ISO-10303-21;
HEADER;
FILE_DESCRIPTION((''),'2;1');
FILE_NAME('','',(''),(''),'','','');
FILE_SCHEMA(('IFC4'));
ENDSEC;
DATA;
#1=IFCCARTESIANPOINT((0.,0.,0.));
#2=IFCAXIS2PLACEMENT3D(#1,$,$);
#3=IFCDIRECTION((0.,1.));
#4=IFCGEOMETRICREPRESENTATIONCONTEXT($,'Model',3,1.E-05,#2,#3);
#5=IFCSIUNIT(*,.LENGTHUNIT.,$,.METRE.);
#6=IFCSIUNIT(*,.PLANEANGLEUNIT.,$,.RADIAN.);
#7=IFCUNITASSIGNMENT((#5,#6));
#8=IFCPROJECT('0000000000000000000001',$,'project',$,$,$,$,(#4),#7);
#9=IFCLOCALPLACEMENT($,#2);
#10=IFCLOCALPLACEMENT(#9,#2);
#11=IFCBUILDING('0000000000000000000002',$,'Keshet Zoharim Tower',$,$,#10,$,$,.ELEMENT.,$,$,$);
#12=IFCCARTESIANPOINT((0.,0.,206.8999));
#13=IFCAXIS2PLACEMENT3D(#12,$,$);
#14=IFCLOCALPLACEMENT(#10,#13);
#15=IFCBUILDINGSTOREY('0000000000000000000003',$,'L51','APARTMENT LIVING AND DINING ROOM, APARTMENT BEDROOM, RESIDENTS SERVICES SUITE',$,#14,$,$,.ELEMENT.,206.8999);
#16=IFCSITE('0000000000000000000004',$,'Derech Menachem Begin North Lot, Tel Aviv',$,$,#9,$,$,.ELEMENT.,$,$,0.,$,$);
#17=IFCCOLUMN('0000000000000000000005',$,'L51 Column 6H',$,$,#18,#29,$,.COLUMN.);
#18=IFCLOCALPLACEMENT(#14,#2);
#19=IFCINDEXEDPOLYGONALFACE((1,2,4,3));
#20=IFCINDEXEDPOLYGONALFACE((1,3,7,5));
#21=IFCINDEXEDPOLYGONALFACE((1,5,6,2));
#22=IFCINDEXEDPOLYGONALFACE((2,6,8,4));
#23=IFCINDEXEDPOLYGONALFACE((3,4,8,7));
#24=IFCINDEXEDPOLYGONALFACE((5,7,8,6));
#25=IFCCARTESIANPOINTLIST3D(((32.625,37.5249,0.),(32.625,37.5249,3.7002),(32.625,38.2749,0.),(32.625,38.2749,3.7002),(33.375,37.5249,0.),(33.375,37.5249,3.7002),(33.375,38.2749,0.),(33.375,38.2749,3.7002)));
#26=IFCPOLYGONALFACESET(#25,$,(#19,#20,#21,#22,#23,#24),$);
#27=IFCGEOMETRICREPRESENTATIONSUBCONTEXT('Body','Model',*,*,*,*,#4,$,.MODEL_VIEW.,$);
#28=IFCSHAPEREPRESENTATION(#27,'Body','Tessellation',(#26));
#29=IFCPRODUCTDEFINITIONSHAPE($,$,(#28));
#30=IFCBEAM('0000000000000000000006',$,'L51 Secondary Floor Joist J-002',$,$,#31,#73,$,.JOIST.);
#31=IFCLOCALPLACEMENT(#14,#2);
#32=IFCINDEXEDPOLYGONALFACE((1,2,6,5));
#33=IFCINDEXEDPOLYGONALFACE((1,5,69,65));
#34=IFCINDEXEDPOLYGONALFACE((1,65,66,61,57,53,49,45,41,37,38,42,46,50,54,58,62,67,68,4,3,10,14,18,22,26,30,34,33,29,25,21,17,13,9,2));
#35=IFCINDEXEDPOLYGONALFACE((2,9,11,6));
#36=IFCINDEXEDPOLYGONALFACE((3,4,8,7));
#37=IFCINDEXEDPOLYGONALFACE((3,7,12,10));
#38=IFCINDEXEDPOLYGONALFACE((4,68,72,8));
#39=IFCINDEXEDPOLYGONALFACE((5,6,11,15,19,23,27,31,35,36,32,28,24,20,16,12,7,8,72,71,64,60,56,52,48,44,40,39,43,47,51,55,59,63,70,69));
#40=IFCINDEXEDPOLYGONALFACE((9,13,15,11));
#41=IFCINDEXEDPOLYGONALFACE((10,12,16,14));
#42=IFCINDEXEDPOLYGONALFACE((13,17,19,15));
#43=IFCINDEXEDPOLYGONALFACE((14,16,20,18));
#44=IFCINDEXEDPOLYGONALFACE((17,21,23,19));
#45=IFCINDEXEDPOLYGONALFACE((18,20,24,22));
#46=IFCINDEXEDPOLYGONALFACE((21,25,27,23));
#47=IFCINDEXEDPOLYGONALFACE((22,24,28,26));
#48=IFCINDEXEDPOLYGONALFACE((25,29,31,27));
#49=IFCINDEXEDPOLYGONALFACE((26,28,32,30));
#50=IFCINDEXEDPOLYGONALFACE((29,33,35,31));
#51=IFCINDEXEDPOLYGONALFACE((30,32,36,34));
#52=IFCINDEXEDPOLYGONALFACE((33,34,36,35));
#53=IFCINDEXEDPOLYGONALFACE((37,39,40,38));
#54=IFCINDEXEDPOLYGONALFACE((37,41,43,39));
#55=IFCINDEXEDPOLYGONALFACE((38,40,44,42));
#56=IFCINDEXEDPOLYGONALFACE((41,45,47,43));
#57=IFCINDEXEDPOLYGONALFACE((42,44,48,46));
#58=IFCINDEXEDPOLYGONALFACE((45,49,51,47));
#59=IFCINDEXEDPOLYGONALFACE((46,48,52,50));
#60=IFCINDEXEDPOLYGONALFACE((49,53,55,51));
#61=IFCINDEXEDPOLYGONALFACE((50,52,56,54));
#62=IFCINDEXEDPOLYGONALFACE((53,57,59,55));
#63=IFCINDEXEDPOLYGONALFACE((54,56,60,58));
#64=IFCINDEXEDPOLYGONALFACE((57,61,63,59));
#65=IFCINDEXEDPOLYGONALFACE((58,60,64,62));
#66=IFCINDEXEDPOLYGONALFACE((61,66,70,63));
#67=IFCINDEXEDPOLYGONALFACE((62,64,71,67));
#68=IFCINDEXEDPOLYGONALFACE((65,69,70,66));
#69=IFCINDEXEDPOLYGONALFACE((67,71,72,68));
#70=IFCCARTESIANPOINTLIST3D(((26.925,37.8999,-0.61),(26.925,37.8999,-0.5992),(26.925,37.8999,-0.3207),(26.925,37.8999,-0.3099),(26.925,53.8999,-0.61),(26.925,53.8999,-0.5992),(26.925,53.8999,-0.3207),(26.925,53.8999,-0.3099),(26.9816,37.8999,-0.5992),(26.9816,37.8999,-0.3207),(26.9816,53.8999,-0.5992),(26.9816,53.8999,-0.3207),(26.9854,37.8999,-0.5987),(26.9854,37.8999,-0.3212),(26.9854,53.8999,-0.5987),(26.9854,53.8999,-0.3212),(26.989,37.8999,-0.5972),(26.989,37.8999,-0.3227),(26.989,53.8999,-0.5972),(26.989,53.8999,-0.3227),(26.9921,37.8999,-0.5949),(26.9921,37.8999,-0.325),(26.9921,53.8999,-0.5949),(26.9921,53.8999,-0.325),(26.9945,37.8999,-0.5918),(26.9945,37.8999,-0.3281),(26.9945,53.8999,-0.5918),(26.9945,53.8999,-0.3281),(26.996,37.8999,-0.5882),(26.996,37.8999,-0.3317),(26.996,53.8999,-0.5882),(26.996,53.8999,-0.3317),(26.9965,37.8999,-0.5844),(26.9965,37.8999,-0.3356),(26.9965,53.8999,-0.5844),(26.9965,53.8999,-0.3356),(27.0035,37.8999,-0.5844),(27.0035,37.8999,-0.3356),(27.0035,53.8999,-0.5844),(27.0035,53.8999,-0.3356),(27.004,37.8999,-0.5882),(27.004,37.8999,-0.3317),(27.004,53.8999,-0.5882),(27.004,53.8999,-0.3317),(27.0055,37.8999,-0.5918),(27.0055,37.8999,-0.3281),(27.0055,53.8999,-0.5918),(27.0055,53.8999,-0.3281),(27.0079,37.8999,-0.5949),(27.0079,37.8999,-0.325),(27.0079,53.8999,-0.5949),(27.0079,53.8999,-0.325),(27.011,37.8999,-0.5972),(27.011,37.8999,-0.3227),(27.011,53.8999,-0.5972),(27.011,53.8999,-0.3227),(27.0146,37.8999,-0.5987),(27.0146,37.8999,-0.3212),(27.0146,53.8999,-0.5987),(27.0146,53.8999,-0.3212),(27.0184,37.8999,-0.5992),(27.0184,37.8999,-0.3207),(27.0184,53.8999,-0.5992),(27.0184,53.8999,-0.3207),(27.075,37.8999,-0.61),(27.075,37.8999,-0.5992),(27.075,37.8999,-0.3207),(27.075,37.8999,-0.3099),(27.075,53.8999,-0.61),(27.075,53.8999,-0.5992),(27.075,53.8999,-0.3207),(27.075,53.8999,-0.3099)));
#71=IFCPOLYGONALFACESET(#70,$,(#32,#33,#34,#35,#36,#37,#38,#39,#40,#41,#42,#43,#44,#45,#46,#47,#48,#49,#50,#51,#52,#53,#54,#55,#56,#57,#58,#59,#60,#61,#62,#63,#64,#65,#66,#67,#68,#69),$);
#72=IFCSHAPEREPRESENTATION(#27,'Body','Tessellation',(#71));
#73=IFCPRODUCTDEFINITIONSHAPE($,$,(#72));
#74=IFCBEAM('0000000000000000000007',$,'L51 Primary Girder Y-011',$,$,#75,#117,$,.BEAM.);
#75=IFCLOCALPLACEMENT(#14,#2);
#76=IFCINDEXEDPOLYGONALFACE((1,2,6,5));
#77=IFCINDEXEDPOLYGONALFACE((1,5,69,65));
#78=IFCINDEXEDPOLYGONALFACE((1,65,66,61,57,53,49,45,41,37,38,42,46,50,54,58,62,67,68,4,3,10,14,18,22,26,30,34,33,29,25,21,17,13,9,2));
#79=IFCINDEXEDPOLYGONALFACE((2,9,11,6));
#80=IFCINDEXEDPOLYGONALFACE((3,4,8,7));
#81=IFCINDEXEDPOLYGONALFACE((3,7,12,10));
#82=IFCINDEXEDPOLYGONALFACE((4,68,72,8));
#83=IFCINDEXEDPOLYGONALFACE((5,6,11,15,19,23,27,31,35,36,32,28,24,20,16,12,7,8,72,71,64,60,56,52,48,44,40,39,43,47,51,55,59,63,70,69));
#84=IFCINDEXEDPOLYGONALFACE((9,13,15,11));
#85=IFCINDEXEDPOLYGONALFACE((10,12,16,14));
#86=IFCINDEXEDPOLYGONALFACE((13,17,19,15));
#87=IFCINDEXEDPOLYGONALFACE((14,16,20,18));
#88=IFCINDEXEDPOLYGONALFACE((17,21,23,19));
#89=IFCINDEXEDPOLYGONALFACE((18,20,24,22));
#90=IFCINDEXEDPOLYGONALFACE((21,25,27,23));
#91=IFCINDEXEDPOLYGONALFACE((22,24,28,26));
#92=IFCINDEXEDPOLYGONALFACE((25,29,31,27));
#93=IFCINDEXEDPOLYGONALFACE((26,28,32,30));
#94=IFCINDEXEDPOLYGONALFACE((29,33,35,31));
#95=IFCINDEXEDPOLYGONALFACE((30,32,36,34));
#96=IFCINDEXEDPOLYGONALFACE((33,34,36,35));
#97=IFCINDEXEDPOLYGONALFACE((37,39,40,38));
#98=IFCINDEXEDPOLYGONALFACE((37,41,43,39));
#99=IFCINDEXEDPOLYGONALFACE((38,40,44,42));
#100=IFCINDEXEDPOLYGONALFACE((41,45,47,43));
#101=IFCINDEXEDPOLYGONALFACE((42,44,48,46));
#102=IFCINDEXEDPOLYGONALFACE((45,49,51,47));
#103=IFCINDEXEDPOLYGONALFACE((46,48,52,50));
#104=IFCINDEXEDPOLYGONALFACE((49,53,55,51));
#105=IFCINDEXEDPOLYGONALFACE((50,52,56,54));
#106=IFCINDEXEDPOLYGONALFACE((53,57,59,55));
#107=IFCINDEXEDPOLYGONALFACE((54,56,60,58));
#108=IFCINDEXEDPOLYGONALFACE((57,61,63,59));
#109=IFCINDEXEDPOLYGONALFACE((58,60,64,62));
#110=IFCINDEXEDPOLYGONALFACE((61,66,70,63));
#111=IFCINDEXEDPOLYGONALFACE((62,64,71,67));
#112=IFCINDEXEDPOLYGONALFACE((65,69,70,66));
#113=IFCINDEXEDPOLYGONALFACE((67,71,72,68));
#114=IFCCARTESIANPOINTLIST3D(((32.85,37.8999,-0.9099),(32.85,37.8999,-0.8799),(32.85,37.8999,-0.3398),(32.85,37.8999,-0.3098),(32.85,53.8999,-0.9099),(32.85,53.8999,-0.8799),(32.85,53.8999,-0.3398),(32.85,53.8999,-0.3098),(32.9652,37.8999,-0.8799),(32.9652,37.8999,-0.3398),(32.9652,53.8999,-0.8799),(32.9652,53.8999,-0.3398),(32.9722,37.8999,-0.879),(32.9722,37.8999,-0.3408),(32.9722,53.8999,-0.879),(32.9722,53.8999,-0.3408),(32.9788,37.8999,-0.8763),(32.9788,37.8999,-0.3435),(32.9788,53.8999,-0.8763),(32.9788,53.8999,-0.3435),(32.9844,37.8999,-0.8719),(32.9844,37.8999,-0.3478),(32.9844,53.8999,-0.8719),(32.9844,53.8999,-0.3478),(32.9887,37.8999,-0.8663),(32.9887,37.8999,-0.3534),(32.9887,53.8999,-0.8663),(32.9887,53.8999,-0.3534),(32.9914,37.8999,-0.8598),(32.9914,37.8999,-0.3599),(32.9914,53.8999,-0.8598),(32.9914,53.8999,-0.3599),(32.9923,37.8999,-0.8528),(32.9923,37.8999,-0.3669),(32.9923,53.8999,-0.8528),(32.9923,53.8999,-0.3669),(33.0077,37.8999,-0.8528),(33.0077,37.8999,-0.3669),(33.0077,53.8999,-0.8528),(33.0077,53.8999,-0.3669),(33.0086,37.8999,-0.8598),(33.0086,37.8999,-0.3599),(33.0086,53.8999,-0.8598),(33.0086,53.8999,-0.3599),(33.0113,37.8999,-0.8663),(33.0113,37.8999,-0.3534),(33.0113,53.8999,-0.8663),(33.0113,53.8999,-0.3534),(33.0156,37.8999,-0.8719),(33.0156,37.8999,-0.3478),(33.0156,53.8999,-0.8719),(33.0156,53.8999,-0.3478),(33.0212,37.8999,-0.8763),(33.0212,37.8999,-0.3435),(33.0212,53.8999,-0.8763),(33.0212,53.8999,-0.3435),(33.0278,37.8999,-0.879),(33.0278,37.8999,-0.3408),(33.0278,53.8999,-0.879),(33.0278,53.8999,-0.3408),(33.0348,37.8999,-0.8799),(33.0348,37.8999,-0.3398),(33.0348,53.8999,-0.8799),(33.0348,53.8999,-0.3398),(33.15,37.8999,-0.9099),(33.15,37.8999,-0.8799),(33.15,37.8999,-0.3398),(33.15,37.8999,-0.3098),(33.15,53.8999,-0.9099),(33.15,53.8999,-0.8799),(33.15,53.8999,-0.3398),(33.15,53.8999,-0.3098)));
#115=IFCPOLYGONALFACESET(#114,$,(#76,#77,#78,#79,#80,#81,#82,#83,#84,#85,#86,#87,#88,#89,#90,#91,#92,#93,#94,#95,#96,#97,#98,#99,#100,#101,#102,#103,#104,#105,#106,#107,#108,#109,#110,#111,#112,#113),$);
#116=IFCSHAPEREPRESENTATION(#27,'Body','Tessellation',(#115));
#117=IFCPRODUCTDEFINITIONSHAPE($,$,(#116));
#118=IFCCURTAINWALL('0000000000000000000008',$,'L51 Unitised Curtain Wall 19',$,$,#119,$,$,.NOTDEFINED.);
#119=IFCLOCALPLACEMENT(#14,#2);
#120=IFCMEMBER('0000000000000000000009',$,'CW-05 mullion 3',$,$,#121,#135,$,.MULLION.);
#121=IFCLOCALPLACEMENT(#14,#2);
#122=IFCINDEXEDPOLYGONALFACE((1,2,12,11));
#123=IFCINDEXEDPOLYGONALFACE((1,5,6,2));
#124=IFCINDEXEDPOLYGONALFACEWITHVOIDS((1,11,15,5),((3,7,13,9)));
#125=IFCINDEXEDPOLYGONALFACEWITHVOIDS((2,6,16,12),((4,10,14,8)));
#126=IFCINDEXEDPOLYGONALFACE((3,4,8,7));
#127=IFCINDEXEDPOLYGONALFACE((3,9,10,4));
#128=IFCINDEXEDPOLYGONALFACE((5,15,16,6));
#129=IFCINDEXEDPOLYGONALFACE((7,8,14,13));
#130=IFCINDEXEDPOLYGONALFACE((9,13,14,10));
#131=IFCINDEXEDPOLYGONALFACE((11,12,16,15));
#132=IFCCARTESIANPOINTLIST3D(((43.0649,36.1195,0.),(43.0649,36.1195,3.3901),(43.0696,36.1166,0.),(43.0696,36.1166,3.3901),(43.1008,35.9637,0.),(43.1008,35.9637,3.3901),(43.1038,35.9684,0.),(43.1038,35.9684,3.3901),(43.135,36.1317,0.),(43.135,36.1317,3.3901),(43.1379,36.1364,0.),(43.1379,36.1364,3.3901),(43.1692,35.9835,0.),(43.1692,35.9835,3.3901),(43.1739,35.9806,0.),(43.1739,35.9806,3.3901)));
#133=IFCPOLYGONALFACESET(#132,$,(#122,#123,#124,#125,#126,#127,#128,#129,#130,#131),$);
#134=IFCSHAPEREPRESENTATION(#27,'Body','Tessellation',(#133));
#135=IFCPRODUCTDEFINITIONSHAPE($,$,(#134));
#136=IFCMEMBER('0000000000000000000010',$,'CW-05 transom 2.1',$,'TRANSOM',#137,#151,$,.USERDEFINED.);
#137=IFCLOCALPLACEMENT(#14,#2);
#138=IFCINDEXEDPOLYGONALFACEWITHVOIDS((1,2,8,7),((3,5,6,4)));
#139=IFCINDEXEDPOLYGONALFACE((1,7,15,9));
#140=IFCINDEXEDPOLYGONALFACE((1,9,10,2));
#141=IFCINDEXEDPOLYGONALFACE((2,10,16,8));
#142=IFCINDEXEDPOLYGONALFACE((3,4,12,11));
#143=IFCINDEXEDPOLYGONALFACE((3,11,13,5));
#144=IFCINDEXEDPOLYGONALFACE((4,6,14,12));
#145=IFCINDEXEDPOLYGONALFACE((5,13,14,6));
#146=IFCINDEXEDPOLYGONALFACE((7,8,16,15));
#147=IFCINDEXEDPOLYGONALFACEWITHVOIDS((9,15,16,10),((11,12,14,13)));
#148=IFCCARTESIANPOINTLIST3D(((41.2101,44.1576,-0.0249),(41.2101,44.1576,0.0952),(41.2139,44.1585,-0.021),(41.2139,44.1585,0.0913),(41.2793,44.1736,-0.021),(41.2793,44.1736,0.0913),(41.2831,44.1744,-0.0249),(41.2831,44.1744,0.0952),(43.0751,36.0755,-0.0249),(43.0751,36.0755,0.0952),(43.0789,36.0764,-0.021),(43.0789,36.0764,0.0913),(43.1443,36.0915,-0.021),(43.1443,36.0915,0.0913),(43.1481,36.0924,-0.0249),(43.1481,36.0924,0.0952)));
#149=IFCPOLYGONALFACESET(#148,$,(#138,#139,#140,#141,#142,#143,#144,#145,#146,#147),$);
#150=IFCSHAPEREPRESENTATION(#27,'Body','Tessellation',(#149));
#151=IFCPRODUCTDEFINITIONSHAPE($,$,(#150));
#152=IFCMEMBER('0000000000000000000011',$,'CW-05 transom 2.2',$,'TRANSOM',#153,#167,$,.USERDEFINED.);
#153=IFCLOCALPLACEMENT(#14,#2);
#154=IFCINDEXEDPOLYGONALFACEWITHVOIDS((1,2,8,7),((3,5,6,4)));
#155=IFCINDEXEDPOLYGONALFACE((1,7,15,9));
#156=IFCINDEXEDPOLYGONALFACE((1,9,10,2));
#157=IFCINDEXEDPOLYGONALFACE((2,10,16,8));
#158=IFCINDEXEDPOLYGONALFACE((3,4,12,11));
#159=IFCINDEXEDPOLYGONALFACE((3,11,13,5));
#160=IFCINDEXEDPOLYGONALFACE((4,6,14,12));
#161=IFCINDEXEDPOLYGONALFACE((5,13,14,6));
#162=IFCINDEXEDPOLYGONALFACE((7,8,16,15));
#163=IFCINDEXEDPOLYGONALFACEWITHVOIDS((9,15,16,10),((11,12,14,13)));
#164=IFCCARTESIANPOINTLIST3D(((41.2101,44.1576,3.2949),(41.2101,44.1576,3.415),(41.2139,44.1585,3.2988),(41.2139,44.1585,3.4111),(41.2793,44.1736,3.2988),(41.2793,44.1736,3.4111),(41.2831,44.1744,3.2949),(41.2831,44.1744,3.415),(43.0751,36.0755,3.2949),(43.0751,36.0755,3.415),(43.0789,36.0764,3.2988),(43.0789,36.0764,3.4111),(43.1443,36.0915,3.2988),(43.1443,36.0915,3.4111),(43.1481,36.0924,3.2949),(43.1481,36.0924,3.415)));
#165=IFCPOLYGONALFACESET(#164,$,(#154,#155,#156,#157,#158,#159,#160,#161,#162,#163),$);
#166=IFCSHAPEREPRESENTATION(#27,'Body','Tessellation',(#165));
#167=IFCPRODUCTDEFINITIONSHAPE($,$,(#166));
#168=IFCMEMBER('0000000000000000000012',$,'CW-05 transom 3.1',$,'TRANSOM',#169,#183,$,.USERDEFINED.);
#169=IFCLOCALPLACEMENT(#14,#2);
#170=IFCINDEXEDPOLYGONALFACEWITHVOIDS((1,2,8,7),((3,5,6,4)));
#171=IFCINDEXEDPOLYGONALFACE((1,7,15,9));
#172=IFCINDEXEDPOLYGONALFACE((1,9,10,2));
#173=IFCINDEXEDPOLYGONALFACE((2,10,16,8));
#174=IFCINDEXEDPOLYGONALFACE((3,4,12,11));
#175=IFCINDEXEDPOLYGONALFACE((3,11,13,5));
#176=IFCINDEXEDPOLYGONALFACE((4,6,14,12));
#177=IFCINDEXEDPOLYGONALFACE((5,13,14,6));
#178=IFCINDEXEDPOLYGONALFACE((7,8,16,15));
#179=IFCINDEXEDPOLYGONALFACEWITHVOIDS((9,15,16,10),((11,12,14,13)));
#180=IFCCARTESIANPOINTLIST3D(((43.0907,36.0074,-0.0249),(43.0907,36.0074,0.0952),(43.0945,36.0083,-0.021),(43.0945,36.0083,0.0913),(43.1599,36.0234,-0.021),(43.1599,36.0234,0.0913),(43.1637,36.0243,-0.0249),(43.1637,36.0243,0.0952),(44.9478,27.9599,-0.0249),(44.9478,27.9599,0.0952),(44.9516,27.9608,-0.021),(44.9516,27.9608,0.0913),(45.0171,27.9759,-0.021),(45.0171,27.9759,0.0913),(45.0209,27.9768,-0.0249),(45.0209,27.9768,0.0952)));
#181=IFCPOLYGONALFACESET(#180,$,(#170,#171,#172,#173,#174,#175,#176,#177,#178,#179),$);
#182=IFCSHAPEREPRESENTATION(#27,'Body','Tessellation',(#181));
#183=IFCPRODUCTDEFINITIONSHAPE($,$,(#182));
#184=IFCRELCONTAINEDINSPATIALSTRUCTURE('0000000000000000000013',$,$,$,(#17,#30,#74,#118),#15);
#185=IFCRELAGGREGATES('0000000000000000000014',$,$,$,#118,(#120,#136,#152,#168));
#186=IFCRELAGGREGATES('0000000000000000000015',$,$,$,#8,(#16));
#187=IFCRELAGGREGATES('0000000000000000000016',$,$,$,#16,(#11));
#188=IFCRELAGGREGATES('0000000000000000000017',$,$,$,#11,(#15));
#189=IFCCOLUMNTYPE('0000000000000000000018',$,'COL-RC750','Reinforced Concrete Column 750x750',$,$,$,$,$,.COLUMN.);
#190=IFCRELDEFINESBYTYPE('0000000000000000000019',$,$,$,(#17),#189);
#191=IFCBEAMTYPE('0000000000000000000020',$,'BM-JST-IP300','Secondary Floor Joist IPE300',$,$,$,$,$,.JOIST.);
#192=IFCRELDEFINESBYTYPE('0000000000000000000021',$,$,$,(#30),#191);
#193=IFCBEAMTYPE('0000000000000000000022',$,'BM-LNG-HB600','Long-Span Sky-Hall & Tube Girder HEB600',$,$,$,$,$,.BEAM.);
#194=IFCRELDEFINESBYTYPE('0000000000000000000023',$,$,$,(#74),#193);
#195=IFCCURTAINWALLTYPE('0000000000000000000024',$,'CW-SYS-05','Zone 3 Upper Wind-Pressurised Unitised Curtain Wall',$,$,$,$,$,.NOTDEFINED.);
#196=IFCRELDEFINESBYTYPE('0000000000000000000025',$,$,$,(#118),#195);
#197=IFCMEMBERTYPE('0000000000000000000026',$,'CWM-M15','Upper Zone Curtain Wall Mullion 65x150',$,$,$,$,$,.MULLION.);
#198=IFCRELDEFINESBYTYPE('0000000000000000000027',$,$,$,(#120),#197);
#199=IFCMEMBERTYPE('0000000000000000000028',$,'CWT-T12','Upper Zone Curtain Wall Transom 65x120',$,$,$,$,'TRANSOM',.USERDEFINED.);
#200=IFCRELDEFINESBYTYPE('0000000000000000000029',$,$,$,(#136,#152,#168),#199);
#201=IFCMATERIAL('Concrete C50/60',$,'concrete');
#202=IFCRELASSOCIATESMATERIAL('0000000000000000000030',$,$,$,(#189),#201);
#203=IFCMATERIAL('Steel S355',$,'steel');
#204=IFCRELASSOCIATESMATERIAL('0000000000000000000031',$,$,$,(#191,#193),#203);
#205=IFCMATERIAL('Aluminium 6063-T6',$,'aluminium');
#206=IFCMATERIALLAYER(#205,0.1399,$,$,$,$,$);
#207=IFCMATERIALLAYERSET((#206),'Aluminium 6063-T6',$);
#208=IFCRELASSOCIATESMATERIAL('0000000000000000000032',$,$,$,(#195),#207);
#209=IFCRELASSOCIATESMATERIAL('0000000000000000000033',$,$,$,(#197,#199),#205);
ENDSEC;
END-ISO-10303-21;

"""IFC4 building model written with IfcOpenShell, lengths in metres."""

from ifc_helpers import new_model, si_unit, direction, frame, origin, origin_2d, place, context, subcontext, project, spatial, rectangle, hollow_rectangle, i_section, extrude, material, layer, layer_set, material_profile, profile_set, type_object, element, aggregate, save


model = new_model("IFC4")

# Units and contexts
model_context = context("Model", 3, precision=1e-05, world=origin(), true_north=direction((0.0, 1.0)))
body_context = subcontext(model_context, "Body", "Model", "MODEL_VIEW")
ifc_project = project(units=[si_unit("LENGTHUNIT", "METRE"), si_unit("PLANEANGLEUNIT", "RADIAN")], contexts=[model_context])

# Site, building, storey
site_placement = place(None, origin())
site = spatial("IfcSite", under=ifc_project, at=site_placement, Name="Derech Menachem Begin North Lot, Tel Aviv", CompositionType="ELEMENT", RefElevation=0.0)
building_placement = place(site_placement, origin())
building = spatial("IfcBuilding", under=site, at=building_placement, Name="Keshet Zoharim Tower", CompositionType="ELEMENT")
storey_placement = place(building_placement, frame((0.0, 0.0, 206.8999)))
storey = spatial("IfcBuildingStorey", under=building, at=storey_placement, Name="L51", Description="APARTMENT LIVING AND DINING ROOM, APARTMENT BEDROOM, RESIDENTS SERVICES SUITE", CompositionType="ELEMENT", Elevation=206.8999)

# Column
ifc_material_1 = material(Name="Concrete C50/60", Category="concrete")
ifc_material_profile_1 = material_profile(ifc_material_1, rectangle(XDim=0.75, YDim=0.75, at=origin_2d()), Name="RC750x750")
ifc_profile_set_1 = profile_set([ifc_material_profile_1], Name="Concrete C50/60")
column_type = type_object("IfcColumnType", Name="COL-RC750", Description="Reinforced Concrete Column 750x750", PredefinedType="COLUMN", material=ifc_profile_set_1)
column_placement = place(storey_placement, frame((33.0, 37.8999, 0.0), z_axis=(0.0, 0.0, 1.0), x_axis=(1.0, 0.0, 0.0)))
element("IfcColumn", 1, at=column_placement, inside=storey, type_object=column_type, Name="L51 Column 6H", PredefinedType="COLUMN", context=body_context, shape_type="SweptSolid", body=[
    extrude(rectangle(XDim=0.75, YDim=0.75, at=origin_2d()), origin(), (0.0, 0.0, 1.0), 3.7002),
])

# Beams
ifc_material_2 = material(Name="Steel S355", Category="steel")
ifc_material_profile_2 = material_profile(ifc_material_2, i_section(OverallWidth=0.1499, OverallDepth=0.3, WebThickness=0.0071, FlangeThickness=0.0107, FilletRadius=0.0149, at=origin_2d()), Name="IPE300")
ifc_profile_set_2 = profile_set([ifc_material_profile_2], Name="Steel S355")
beam_type_1 = type_object("IfcBeamType", Name="BM-JST-IP300", Description="Secondary Floor Joist IPE300", PredefinedType="JOIST", material=ifc_profile_set_2)
beam_1_placement = place(storey_placement, frame((27.0, 37.8999, -0.46), z_axis=(0.0, 1.0, 0.0), x_axis=(-1.0, 0.0, 0.0)))
element("IfcBeam", 2, at=beam_1_placement, inside=storey, type_object=beam_type_1, Name="L51 Secondary Floor Joist J-002", PredefinedType="JOIST", context=body_context, shape_type="SweptSolid", body=[
    extrude(i_section(OverallWidth=0.1499, OverallDepth=0.3, WebThickness=0.0071, FlangeThickness=0.0107, FilletRadius=0.0149, at=origin_2d()), origin(), (0.0, 0.0, 1.0), 16.0),
])
ifc_material_profile_3 = material_profile(ifc_material_2, i_section(OverallWidth=0.3, OverallDepth=0.6001, WebThickness=0.0154, FlangeThickness=0.03, FilletRadius=0.0271, at=origin_2d()), Name="HEB600")
ifc_profile_set_3 = profile_set([ifc_material_profile_3], Name="Steel S355")
beam_type_2 = type_object("IfcBeamType", Name="BM-LNG-HB600", Description="Long-Span Sky-Hall & Tube Girder HEB600", PredefinedType="BEAM", material=ifc_profile_set_3)
beam_2_placement = place(storey_placement, frame((33.0, 37.8999, -0.6099), z_axis=(0.0, 1.0, 0.0), x_axis=(-1.0, 0.0, 0.0)))
element("IfcBeam", 3, at=beam_2_placement, inside=storey, type_object=beam_type_2, Name="L51 Primary Girder Y-011", PredefinedType="BEAM", context=body_context, shape_type="SweptSolid", body=[
    extrude(i_section(OverallWidth=0.3, OverallDepth=0.6001, WebThickness=0.0154, FlangeThickness=0.03, FilletRadius=0.0271, at=origin_2d()), origin(), (0.0, 0.0, 1.0), 16.0),
])

# Curtain wall, members
ifc_material_3 = material(Name="Aluminium 6063-T6", Category="aluminium")
ifc_layer_1 = layer(ifc_material_3, 0.1399)
ifc_layer_set_1 = layer_set([ifc_layer_1], Name="Aluminium 6063-T6")
curtain_wall_type = type_object("IfcCurtainWallType", Name="CW-SYS-05", Description="Zone 3 Upper Wind-Pressurised Unitised Curtain Wall", PredefinedType="NOTDEFINED", material=ifc_layer_set_1)
curtain_wall_placement = place(storey_placement, origin())
curtain_wall = element("IfcCurtainWall", 4, at=curtain_wall_placement, inside=storey, type_object=curtain_wall_type, Name="L51 Unitised Curtain Wall 19", PredefinedType="NOTDEFINED")
ifc_material_profile_4 = material_profile(ifc_material_3, hollow_rectangle(XDim=0.075, YDim=0.1599, WallThickness=0.0039, at=origin_2d()), Name="MUL-75x160")
ifc_profile_set_4 = profile_set([ifc_material_profile_4], Name="Aluminium 6063-T6")
member_type_1 = type_object("IfcMemberType", Name="CWM-M15", Description="Upper Zone Curtain Wall Mullion 65x150", PredefinedType="MULLION", material=ifc_profile_set_4)
member_1_placement = place(storey_placement, frame((43.1194, 36.05, 0.0), z_axis=(0.0, 0.0, 1.0), x_axis=(0.974394, 0.224848, 0.0)))
member_1 = element("IfcMember", 5, at=member_1_placement, type_object=member_type_1, Name="CW-05 mullion 3", PredefinedType="MULLION", context=body_context, shape_type="SweptSolid", body=[
    extrude(hollow_rectangle(XDim=0.075, YDim=0.1599, WallThickness=0.0039, at=origin_2d()), origin(), (0.0, 0.0, 1.0), 3.3901),
])
ifc_material_profile_5 = material_profile(ifc_material_3, hollow_rectangle(XDim=0.075, YDim=0.1201, WallThickness=0.0039, at=origin_2d()), Name="TRN-75x120")
ifc_profile_set_5 = profile_set([ifc_material_profile_5], Name="Aluminium 6063-T6")
member_type_2 = type_object("IfcMemberType", Name="CWT-T12", Description="Upper Zone Curtain Wall Transom 65x120", ElementType="TRANSOM", PredefinedType="USERDEFINED", material=ifc_profile_set_5)
member_2_placement = place(storey_placement, frame((41.2466, 44.166, 0.0352), z_axis=(0.224849, -0.974394, 0.0), x_axis=(0.974394, 0.224849, 0.0)))
member_2 = element("IfcMember", 6, at=member_2_placement, type_object=member_type_2, Name="CW-05 transom 2.1", ObjectType="TRANSOM", PredefinedType="USERDEFINED", context=body_context, shape_type="SweptSolid", body=[
    extrude(hollow_rectangle(XDim=0.075, YDim=0.1201, WallThickness=0.0039, at=origin_2d()), origin(), (0.0, 0.0, 1.0), 8.2944),
])
member_3_placement = place(storey_placement, frame((41.2466, 44.166, 3.355), z_axis=(0.224849, -0.974394, 0.0), x_axis=(0.974394, 0.224849, 0.0)))
member_3 = element("IfcMember", 7, at=member_3_placement, type_object=member_type_2, Name="CW-05 transom 2.2", ObjectType="TRANSOM", PredefinedType="USERDEFINED", context=body_context, shape_type="SweptSolid", body=[
    extrude(hollow_rectangle(XDim=0.075, YDim=0.1201, WallThickness=0.0039, at=origin_2d()), origin(), (0.0, 0.0, 1.0), 8.2944),
])
member_4_placement = place(storey_placement, frame((43.1272, 36.0159, 0.0352), z_axis=(0.224864, -0.97439, 0.0), x_axis=(0.97439, 0.224864, 0.0)))
member_4 = element("IfcMember", 8, at=member_4_placement, type_object=member_type_2, Name="CW-05 transom 3.1", ObjectType="TRANSOM", PredefinedType="USERDEFINED", context=body_context, shape_type="SweptSolid", body=[
    extrude(hollow_rectangle(XDim=0.075, YDim=0.1201, WallThickness=0.0039, at=origin_2d()), origin(), (0.0, 0.0, 1.0), 8.259),
])
aggregate(curtain_wall, [member_1, member_2, member_3, member_4])

save(model, "model.ifc")
